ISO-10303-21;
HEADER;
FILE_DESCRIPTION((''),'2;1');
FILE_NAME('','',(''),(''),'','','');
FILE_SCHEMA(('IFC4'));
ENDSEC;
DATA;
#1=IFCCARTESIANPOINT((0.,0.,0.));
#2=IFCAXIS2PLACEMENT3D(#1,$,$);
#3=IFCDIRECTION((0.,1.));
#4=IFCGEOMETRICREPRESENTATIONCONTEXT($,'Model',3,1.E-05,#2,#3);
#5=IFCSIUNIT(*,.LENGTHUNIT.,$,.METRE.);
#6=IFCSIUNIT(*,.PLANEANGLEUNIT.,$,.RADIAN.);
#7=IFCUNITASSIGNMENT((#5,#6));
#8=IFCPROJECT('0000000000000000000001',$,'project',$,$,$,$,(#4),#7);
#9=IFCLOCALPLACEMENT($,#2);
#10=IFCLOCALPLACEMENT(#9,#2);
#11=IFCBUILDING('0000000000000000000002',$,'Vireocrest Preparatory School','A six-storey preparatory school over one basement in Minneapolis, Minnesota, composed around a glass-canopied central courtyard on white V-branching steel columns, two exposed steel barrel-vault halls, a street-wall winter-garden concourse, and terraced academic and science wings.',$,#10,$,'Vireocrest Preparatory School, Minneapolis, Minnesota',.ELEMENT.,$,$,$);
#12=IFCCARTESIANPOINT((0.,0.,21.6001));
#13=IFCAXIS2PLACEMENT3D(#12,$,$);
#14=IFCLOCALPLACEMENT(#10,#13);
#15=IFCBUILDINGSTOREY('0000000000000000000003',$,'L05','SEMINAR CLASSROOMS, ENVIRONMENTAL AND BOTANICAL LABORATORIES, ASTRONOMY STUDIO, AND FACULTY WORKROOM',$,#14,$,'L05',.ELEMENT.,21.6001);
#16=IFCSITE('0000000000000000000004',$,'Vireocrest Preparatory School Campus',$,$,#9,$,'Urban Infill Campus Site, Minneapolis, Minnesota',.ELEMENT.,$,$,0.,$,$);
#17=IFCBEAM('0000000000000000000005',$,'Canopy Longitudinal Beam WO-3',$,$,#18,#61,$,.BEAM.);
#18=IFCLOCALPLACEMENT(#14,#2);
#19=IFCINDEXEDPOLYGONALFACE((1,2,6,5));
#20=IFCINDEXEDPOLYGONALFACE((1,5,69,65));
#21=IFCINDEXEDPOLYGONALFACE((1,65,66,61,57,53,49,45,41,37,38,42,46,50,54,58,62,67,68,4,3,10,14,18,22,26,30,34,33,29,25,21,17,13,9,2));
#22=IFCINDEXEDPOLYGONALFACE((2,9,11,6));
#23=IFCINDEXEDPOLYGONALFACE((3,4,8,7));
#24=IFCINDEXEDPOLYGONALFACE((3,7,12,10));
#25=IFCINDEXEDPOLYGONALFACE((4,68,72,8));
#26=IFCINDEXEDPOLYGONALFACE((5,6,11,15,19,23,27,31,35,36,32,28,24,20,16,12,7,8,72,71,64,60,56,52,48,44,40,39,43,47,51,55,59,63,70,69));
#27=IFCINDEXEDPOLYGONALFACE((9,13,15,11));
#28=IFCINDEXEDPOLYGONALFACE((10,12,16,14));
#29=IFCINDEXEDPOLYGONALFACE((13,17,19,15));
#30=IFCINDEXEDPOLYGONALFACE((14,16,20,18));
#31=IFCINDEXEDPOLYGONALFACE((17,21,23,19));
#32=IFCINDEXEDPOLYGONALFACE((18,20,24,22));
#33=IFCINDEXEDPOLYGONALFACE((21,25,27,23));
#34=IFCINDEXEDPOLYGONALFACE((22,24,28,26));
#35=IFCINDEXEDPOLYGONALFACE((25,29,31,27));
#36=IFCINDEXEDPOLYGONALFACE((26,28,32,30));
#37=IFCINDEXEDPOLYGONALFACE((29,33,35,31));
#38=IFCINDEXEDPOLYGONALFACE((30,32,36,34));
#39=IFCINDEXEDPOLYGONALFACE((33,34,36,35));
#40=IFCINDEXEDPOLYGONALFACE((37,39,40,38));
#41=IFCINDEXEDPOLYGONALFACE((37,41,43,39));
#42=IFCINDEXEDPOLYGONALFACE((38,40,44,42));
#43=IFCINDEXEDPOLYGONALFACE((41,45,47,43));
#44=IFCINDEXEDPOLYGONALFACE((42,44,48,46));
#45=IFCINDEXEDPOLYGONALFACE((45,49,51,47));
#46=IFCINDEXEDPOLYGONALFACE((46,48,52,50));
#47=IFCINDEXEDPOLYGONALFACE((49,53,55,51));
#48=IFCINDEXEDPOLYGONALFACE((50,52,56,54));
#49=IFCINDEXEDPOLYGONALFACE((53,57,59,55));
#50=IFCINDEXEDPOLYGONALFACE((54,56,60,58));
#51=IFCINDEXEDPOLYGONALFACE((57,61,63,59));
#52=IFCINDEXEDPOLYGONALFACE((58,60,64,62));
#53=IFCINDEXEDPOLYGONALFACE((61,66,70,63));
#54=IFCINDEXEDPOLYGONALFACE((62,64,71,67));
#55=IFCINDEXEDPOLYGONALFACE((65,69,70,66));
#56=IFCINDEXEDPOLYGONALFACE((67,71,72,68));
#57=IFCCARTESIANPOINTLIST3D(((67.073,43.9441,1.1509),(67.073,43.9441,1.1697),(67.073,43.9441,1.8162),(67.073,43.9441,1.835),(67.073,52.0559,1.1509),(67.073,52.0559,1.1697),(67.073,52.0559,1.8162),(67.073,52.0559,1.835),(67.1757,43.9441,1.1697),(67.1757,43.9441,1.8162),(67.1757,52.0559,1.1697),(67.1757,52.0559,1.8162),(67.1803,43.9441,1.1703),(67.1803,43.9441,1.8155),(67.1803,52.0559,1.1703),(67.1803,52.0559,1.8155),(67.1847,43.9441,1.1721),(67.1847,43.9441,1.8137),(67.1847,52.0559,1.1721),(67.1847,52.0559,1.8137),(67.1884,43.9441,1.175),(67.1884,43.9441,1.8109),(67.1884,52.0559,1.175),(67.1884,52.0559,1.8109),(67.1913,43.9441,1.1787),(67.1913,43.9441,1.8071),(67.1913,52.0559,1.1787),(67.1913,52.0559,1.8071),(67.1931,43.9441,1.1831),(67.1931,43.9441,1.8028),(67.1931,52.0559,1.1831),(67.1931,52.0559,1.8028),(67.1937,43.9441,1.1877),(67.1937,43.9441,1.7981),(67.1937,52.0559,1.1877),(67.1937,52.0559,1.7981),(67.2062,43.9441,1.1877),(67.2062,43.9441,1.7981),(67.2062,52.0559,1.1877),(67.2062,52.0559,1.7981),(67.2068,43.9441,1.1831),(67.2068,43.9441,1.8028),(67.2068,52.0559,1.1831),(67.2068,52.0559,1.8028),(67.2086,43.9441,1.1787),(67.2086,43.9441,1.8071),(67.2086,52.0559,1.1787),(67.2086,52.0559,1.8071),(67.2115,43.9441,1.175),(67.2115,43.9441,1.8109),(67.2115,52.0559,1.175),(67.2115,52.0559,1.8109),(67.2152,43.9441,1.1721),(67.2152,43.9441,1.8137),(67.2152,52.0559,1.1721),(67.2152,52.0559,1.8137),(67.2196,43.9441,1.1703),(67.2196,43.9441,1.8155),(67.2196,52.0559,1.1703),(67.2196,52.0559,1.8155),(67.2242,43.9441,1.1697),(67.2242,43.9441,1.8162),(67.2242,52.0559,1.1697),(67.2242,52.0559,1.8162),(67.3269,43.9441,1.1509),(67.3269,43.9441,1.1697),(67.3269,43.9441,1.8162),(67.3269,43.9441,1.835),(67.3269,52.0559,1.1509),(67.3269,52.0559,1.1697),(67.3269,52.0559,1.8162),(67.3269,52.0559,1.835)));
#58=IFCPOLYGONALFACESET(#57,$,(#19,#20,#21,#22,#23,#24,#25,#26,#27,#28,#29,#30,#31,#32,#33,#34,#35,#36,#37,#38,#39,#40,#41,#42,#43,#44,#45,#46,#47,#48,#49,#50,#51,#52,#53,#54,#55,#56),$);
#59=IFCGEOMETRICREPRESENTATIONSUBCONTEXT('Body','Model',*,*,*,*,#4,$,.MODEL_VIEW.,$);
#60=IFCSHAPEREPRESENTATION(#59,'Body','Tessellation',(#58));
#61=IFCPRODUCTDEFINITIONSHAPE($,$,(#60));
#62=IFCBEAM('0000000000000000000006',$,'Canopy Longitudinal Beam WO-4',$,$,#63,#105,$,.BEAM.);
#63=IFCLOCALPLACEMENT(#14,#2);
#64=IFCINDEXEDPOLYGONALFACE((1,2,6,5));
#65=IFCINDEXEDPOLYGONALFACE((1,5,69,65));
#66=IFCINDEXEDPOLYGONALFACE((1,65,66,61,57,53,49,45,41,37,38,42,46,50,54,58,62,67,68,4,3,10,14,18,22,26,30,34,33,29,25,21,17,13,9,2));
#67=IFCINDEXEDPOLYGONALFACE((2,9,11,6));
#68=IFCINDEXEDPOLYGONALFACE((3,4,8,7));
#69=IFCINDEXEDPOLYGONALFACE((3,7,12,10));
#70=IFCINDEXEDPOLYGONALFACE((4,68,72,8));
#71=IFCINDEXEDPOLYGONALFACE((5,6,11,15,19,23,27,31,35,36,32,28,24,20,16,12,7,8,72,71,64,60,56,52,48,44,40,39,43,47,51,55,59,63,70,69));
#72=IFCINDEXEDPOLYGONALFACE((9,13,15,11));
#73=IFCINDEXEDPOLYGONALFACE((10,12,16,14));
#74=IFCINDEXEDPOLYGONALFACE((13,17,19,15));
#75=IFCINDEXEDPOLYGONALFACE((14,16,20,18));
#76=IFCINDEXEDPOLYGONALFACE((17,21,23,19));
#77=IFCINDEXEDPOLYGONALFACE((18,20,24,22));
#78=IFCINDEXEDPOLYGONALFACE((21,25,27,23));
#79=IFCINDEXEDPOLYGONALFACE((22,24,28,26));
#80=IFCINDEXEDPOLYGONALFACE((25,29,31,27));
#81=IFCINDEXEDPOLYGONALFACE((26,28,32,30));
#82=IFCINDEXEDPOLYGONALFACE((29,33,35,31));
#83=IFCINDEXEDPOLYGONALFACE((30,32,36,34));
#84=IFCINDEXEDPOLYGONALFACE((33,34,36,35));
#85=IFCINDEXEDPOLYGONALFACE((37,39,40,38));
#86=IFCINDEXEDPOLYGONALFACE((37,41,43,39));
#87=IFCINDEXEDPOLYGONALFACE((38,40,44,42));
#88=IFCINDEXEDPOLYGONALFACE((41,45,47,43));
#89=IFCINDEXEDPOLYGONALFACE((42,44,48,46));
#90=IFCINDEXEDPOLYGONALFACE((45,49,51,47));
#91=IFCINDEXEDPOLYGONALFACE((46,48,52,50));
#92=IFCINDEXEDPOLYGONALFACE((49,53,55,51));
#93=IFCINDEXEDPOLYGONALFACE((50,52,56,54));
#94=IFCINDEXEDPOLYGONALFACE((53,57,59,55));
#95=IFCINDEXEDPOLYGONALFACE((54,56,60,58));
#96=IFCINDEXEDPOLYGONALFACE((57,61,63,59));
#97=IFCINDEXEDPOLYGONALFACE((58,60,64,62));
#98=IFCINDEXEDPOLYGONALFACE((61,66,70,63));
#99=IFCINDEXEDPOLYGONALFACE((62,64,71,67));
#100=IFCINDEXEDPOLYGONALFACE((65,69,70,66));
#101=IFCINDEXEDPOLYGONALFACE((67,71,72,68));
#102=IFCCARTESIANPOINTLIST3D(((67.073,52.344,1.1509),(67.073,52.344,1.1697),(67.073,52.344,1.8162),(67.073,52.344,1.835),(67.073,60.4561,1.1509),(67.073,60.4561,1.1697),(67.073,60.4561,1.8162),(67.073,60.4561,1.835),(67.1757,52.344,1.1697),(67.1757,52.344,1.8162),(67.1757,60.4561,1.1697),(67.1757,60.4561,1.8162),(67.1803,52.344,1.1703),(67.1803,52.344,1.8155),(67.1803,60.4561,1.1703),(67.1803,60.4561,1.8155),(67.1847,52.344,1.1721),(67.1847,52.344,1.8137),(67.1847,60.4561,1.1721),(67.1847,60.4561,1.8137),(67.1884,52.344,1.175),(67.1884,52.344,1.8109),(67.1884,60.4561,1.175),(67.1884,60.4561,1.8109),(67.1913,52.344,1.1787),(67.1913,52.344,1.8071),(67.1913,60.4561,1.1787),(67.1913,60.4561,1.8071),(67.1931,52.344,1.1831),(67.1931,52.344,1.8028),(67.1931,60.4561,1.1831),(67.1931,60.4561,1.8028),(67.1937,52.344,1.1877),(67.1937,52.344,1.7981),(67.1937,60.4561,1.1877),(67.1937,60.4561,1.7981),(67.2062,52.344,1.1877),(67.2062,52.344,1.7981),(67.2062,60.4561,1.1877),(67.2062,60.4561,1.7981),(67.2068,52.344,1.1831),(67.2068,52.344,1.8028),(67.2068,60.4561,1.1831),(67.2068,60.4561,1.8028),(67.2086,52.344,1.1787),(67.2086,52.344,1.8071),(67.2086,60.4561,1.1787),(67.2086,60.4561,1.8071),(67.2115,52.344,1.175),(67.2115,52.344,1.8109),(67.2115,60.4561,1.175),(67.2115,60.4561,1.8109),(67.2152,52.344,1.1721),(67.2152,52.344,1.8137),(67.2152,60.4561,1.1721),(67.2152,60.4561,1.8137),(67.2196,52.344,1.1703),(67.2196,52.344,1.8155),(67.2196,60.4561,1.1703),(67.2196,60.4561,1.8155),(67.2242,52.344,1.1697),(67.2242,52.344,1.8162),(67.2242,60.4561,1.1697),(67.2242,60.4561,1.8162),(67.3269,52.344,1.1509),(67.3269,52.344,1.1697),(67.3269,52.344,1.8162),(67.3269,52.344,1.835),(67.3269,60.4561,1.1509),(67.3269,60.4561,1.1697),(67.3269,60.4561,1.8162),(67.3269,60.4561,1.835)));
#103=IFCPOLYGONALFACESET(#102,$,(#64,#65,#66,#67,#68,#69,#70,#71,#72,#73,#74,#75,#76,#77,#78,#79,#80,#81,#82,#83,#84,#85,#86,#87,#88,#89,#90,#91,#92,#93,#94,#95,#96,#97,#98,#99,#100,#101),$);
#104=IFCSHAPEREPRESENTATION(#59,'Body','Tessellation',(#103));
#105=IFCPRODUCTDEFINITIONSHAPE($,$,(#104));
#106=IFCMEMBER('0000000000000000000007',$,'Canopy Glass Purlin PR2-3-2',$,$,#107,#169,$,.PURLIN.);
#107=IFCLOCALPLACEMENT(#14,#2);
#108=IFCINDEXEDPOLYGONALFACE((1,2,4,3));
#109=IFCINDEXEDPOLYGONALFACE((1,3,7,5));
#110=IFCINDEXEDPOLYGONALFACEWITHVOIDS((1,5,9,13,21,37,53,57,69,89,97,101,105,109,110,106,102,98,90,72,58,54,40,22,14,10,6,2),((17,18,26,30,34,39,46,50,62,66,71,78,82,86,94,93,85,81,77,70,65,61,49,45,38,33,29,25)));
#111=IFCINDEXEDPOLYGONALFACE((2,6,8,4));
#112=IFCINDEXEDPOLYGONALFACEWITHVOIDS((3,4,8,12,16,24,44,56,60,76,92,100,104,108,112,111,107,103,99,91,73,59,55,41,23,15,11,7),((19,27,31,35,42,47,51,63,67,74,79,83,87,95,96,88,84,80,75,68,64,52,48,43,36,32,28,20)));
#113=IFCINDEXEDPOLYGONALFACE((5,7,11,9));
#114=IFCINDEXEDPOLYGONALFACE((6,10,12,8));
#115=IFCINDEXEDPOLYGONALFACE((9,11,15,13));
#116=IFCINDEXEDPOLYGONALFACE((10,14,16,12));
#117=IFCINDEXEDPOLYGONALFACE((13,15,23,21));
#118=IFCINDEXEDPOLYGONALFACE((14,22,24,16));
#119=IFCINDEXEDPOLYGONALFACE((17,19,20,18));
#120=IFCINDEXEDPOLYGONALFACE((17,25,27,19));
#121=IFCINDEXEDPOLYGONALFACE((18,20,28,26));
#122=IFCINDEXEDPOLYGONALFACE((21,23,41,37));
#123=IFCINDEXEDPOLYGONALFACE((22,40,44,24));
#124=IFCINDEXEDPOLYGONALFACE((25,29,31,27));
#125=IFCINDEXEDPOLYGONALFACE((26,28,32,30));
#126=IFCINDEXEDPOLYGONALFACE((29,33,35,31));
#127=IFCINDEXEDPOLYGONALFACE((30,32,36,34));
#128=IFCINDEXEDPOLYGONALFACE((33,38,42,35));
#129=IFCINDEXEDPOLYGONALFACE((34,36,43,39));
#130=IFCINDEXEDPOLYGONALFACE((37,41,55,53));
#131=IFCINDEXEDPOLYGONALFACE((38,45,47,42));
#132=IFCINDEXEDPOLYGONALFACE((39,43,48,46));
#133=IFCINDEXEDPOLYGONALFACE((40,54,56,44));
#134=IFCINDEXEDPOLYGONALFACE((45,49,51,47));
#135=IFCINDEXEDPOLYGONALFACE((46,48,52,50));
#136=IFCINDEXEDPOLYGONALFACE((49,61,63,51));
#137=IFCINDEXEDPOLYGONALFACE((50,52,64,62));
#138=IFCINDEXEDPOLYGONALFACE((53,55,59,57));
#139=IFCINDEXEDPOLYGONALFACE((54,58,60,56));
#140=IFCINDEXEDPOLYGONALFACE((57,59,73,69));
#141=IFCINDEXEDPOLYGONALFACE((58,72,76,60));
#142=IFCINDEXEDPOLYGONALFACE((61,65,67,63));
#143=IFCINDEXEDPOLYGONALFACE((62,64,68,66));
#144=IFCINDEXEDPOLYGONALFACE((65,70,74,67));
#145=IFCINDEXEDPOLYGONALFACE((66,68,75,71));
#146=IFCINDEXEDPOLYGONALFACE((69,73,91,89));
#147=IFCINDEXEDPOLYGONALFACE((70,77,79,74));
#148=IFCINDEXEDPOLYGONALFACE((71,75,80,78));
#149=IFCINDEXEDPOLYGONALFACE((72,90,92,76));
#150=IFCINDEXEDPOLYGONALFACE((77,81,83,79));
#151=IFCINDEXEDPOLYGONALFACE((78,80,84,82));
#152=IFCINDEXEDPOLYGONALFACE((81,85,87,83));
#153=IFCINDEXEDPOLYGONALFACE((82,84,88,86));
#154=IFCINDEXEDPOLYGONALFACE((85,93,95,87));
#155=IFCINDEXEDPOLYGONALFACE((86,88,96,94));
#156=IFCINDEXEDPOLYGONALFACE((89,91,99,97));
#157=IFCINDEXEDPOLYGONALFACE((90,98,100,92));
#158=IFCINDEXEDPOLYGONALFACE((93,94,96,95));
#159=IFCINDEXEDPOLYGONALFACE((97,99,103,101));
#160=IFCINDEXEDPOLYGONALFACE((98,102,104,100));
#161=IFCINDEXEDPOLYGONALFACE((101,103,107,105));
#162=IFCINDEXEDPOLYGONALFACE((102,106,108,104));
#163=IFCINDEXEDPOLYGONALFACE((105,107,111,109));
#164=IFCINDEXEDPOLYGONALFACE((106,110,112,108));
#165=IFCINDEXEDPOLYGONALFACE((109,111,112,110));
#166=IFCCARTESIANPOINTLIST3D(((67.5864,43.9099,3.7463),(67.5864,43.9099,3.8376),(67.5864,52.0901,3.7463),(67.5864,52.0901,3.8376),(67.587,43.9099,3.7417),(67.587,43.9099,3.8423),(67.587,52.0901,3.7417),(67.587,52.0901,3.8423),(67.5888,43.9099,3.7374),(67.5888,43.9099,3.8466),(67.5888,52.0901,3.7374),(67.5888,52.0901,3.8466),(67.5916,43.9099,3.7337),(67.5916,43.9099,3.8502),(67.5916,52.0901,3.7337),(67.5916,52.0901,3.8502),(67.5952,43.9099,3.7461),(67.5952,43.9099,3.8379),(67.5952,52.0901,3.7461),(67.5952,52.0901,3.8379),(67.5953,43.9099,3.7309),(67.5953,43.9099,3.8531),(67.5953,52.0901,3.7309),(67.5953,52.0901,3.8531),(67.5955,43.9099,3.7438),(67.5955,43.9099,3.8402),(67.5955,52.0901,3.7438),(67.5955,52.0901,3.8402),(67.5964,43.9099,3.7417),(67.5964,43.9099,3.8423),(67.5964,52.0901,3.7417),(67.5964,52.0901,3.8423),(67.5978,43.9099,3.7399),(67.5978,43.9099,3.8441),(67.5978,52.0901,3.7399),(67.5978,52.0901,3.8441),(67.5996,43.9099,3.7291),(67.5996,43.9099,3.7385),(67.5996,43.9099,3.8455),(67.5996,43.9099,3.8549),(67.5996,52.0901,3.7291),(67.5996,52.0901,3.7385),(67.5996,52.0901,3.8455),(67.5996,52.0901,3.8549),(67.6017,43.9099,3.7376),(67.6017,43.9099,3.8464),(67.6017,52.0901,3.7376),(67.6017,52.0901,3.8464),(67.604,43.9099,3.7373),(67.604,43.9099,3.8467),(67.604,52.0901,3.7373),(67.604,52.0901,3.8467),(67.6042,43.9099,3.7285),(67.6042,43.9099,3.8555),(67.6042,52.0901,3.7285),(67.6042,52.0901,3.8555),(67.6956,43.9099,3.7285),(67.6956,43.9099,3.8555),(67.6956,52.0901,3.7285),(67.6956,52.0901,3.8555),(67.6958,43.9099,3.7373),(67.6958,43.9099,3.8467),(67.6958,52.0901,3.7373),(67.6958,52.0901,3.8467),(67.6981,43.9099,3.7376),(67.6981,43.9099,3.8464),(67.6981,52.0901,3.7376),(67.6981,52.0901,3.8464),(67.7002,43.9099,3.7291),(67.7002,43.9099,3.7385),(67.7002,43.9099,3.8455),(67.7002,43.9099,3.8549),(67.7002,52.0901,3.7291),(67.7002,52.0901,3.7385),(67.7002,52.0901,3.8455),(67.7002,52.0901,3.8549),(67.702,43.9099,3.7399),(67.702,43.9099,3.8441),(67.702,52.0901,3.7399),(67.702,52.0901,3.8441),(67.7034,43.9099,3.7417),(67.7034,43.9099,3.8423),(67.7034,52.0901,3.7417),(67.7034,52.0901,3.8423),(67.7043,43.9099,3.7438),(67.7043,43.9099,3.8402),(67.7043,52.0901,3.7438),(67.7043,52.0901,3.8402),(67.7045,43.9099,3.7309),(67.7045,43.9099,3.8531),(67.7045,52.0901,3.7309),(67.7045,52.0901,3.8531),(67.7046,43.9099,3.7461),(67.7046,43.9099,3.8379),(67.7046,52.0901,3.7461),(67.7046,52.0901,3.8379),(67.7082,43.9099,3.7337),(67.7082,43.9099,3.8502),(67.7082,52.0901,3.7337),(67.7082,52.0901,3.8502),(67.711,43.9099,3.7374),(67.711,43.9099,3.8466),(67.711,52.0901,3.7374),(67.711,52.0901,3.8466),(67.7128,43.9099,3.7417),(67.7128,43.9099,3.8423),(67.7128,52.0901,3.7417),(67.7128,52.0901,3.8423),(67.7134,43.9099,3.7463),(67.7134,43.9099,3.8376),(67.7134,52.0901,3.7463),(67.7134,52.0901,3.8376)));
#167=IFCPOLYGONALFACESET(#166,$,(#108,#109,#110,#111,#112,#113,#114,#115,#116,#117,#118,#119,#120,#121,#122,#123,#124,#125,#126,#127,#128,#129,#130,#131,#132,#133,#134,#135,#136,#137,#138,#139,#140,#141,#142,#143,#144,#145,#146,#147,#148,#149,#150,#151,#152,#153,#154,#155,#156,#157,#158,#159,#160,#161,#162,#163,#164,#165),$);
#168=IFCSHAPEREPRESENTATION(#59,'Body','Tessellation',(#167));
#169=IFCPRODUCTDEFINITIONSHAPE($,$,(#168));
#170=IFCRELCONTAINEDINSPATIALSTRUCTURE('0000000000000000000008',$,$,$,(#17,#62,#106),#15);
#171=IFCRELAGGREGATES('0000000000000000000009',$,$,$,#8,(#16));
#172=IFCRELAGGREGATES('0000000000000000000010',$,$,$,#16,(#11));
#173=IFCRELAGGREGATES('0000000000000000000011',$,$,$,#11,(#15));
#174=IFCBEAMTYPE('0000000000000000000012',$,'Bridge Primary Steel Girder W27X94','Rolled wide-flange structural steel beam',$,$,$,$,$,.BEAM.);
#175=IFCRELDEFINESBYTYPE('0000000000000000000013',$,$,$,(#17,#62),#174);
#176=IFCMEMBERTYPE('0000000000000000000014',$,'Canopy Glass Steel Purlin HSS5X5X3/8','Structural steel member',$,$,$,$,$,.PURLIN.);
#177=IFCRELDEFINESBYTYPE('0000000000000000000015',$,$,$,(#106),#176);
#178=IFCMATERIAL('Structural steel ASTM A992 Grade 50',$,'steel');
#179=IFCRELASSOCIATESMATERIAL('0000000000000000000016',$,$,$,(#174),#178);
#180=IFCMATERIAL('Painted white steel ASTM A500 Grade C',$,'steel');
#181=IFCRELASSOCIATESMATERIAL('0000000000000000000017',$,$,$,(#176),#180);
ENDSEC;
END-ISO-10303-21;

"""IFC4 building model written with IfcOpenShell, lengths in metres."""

from ifc_helpers import new_model, si_unit, direction, frame, origin, origin_2d, place, context, subcontext, project, spatial, hollow_rectangle, i_section, extrude, material, material_profile, profile_set, type_object, element, save


model = new_model("IFC4")

# Units and contexts
model_context = context("Model", 3, precision=1e-05, world=origin(), true_north=direction((0.0, 1.0)))
body_context = subcontext(model_context, "Body", "Model", "MODEL_VIEW")
ifc_project = project(units=[si_unit("LENGTHUNIT", "METRE"), si_unit("PLANEANGLEUNIT", "RADIAN")], contexts=[model_context])

# Site, building, storey
site_placement = place(None, origin())
site = spatial("IfcSite", under=ifc_project, at=site_placement, Name="Vireocrest Preparatory School Campus", LongName="Urban Infill Campus Site, Minneapolis, Minnesota", CompositionType="ELEMENT", RefElevation=0.0)
building_placement = place(site_placement, origin())
building = spatial("IfcBuilding", under=site, at=building_placement, Name="Vireocrest Preparatory School", Description="A six-storey preparatory school over one basement in Minneapolis, Minnesota, composed around a glass-canopied central courtyard on white V-branching steel columns, two exposed steel barrel-vault halls, a street-wall winter-garden concourse, and terraced academic and science wings.", LongName="Vireocrest Preparatory School, Minneapolis, Minnesota", CompositionType="ELEMENT")
storey_placement = place(building_placement, frame((0.0, 0.0, 21.6001)))
storey = spatial("IfcBuildingStorey", under=building, at=storey_placement, Name="L05", Description="SEMINAR CLASSROOMS, ENVIRONMENTAL AND BOTANICAL LABORATORIES, ASTRONOMY STUDIO, AND FACULTY WORKROOM", LongName="L05", CompositionType="ELEMENT", Elevation=21.6001)

# Beams
ifc_material_1 = material(Name="Structural steel ASTM A992 Grade 50", Category="steel")
ifc_material_profile_1 = material_profile(ifc_material_1, i_section(OverallWidth=0.2539, OverallDepth=0.6841, WebThickness=0.0125, FlangeThickness=0.0188, FilletRadius=0.0181, at=origin_2d()), Name="W27X94")
ifc_profile_set_1 = profile_set([ifc_material_profile_1], Name="Structural steel ASTM A992 Grade 50")
beam_type_1 = type_object("IfcBeamType", Name="Bridge Primary Steel Girder W27X94", Description="Rolled wide-flange structural steel beam", PredefinedType="BEAM", material=ifc_profile_set_1)
beam_1_placement = place(storey_placement, frame((67.2, 43.9441, 1.4929), z_axis=(0.0, 1.0, 0.0), x_axis=(-1.0, 0.0, 0.0)))
element("IfcBeam", 1, at=beam_1_placement, inside=storey, type_object=beam_type_1, Name="Canopy Longitudinal Beam WO-3", PredefinedType="BEAM", context=body_context, shape_type="SweptSolid", body=[
    extrude(i_section(OverallWidth=0.2539, OverallDepth=0.6841, WebThickness=0.0125, FlangeThickness=0.0188, FilletRadius=0.0181, at=origin_2d()), origin(), (0.0, 0.0, 1.0), 8.1118),
])
beam_2_placement = place(storey_placement, frame((67.2, 52.344, 1.4929), z_axis=(0.0, 1.0, 0.0), x_axis=(-1.0, 0.0, 0.0)))
element("IfcBeam", 2, at=beam_2_placement, inside=storey, type_object=beam_type_1, Name="Canopy Longitudinal Beam WO-4", PredefinedType="BEAM", context=body_context, shape_type="SweptSolid", body=[
    extrude(i_section(OverallWidth=0.2539, OverallDepth=0.6841, WebThickness=0.0125, FlangeThickness=0.0188, FilletRadius=0.0181, at=origin_2d()), origin(), (0.0, 0.0, 1.0), 8.1121),
])

# Member
ifc_material_2 = material(Name="Painted white steel ASTM A500 Grade C", Category="steel")
ifc_material_profile_2 = material_profile(ifc_material_2, hollow_rectangle(XDim=0.127, YDim=0.127, WallThickness=0.0088, InnerFilletRadius=0.0088, OuterFilletRadius=0.0178, at=origin_2d()), Name="HSS5X5X3/8")
ifc_profile_set_2 = profile_set([ifc_material_profile_2], Name="Painted white steel ASTM A500 Grade C")
member_type_1 = type_object("IfcMemberType", Name="Canopy Glass Steel Purlin HSS5X5X3/8", Description="Structural steel member", PredefinedType="PURLIN", material=ifc_profile_set_2)
member_1_placement = place(storey_placement, frame((67.6499, 43.9099, 3.792), z_axis=(0.0, 1.0, 0.0), x_axis=(-1.0, 0.0, 0.0)))
element("IfcMember", 3, at=member_1_placement, inside=storey, type_object=member_type_1, Name="Canopy Glass Purlin PR2-3-2", PredefinedType="PURLIN", context=body_context, shape_type="SweptSolid", body=[
    extrude(hollow_rectangle(XDim=0.127, YDim=0.127, WallThickness=0.0088, InnerFilletRadius=0.0088, OuterFilletRadius=0.0178, at=origin_2d()), origin(), (0.0, 0.0, 1.0), 8.1802),
])

save(model, "model.ifc")
